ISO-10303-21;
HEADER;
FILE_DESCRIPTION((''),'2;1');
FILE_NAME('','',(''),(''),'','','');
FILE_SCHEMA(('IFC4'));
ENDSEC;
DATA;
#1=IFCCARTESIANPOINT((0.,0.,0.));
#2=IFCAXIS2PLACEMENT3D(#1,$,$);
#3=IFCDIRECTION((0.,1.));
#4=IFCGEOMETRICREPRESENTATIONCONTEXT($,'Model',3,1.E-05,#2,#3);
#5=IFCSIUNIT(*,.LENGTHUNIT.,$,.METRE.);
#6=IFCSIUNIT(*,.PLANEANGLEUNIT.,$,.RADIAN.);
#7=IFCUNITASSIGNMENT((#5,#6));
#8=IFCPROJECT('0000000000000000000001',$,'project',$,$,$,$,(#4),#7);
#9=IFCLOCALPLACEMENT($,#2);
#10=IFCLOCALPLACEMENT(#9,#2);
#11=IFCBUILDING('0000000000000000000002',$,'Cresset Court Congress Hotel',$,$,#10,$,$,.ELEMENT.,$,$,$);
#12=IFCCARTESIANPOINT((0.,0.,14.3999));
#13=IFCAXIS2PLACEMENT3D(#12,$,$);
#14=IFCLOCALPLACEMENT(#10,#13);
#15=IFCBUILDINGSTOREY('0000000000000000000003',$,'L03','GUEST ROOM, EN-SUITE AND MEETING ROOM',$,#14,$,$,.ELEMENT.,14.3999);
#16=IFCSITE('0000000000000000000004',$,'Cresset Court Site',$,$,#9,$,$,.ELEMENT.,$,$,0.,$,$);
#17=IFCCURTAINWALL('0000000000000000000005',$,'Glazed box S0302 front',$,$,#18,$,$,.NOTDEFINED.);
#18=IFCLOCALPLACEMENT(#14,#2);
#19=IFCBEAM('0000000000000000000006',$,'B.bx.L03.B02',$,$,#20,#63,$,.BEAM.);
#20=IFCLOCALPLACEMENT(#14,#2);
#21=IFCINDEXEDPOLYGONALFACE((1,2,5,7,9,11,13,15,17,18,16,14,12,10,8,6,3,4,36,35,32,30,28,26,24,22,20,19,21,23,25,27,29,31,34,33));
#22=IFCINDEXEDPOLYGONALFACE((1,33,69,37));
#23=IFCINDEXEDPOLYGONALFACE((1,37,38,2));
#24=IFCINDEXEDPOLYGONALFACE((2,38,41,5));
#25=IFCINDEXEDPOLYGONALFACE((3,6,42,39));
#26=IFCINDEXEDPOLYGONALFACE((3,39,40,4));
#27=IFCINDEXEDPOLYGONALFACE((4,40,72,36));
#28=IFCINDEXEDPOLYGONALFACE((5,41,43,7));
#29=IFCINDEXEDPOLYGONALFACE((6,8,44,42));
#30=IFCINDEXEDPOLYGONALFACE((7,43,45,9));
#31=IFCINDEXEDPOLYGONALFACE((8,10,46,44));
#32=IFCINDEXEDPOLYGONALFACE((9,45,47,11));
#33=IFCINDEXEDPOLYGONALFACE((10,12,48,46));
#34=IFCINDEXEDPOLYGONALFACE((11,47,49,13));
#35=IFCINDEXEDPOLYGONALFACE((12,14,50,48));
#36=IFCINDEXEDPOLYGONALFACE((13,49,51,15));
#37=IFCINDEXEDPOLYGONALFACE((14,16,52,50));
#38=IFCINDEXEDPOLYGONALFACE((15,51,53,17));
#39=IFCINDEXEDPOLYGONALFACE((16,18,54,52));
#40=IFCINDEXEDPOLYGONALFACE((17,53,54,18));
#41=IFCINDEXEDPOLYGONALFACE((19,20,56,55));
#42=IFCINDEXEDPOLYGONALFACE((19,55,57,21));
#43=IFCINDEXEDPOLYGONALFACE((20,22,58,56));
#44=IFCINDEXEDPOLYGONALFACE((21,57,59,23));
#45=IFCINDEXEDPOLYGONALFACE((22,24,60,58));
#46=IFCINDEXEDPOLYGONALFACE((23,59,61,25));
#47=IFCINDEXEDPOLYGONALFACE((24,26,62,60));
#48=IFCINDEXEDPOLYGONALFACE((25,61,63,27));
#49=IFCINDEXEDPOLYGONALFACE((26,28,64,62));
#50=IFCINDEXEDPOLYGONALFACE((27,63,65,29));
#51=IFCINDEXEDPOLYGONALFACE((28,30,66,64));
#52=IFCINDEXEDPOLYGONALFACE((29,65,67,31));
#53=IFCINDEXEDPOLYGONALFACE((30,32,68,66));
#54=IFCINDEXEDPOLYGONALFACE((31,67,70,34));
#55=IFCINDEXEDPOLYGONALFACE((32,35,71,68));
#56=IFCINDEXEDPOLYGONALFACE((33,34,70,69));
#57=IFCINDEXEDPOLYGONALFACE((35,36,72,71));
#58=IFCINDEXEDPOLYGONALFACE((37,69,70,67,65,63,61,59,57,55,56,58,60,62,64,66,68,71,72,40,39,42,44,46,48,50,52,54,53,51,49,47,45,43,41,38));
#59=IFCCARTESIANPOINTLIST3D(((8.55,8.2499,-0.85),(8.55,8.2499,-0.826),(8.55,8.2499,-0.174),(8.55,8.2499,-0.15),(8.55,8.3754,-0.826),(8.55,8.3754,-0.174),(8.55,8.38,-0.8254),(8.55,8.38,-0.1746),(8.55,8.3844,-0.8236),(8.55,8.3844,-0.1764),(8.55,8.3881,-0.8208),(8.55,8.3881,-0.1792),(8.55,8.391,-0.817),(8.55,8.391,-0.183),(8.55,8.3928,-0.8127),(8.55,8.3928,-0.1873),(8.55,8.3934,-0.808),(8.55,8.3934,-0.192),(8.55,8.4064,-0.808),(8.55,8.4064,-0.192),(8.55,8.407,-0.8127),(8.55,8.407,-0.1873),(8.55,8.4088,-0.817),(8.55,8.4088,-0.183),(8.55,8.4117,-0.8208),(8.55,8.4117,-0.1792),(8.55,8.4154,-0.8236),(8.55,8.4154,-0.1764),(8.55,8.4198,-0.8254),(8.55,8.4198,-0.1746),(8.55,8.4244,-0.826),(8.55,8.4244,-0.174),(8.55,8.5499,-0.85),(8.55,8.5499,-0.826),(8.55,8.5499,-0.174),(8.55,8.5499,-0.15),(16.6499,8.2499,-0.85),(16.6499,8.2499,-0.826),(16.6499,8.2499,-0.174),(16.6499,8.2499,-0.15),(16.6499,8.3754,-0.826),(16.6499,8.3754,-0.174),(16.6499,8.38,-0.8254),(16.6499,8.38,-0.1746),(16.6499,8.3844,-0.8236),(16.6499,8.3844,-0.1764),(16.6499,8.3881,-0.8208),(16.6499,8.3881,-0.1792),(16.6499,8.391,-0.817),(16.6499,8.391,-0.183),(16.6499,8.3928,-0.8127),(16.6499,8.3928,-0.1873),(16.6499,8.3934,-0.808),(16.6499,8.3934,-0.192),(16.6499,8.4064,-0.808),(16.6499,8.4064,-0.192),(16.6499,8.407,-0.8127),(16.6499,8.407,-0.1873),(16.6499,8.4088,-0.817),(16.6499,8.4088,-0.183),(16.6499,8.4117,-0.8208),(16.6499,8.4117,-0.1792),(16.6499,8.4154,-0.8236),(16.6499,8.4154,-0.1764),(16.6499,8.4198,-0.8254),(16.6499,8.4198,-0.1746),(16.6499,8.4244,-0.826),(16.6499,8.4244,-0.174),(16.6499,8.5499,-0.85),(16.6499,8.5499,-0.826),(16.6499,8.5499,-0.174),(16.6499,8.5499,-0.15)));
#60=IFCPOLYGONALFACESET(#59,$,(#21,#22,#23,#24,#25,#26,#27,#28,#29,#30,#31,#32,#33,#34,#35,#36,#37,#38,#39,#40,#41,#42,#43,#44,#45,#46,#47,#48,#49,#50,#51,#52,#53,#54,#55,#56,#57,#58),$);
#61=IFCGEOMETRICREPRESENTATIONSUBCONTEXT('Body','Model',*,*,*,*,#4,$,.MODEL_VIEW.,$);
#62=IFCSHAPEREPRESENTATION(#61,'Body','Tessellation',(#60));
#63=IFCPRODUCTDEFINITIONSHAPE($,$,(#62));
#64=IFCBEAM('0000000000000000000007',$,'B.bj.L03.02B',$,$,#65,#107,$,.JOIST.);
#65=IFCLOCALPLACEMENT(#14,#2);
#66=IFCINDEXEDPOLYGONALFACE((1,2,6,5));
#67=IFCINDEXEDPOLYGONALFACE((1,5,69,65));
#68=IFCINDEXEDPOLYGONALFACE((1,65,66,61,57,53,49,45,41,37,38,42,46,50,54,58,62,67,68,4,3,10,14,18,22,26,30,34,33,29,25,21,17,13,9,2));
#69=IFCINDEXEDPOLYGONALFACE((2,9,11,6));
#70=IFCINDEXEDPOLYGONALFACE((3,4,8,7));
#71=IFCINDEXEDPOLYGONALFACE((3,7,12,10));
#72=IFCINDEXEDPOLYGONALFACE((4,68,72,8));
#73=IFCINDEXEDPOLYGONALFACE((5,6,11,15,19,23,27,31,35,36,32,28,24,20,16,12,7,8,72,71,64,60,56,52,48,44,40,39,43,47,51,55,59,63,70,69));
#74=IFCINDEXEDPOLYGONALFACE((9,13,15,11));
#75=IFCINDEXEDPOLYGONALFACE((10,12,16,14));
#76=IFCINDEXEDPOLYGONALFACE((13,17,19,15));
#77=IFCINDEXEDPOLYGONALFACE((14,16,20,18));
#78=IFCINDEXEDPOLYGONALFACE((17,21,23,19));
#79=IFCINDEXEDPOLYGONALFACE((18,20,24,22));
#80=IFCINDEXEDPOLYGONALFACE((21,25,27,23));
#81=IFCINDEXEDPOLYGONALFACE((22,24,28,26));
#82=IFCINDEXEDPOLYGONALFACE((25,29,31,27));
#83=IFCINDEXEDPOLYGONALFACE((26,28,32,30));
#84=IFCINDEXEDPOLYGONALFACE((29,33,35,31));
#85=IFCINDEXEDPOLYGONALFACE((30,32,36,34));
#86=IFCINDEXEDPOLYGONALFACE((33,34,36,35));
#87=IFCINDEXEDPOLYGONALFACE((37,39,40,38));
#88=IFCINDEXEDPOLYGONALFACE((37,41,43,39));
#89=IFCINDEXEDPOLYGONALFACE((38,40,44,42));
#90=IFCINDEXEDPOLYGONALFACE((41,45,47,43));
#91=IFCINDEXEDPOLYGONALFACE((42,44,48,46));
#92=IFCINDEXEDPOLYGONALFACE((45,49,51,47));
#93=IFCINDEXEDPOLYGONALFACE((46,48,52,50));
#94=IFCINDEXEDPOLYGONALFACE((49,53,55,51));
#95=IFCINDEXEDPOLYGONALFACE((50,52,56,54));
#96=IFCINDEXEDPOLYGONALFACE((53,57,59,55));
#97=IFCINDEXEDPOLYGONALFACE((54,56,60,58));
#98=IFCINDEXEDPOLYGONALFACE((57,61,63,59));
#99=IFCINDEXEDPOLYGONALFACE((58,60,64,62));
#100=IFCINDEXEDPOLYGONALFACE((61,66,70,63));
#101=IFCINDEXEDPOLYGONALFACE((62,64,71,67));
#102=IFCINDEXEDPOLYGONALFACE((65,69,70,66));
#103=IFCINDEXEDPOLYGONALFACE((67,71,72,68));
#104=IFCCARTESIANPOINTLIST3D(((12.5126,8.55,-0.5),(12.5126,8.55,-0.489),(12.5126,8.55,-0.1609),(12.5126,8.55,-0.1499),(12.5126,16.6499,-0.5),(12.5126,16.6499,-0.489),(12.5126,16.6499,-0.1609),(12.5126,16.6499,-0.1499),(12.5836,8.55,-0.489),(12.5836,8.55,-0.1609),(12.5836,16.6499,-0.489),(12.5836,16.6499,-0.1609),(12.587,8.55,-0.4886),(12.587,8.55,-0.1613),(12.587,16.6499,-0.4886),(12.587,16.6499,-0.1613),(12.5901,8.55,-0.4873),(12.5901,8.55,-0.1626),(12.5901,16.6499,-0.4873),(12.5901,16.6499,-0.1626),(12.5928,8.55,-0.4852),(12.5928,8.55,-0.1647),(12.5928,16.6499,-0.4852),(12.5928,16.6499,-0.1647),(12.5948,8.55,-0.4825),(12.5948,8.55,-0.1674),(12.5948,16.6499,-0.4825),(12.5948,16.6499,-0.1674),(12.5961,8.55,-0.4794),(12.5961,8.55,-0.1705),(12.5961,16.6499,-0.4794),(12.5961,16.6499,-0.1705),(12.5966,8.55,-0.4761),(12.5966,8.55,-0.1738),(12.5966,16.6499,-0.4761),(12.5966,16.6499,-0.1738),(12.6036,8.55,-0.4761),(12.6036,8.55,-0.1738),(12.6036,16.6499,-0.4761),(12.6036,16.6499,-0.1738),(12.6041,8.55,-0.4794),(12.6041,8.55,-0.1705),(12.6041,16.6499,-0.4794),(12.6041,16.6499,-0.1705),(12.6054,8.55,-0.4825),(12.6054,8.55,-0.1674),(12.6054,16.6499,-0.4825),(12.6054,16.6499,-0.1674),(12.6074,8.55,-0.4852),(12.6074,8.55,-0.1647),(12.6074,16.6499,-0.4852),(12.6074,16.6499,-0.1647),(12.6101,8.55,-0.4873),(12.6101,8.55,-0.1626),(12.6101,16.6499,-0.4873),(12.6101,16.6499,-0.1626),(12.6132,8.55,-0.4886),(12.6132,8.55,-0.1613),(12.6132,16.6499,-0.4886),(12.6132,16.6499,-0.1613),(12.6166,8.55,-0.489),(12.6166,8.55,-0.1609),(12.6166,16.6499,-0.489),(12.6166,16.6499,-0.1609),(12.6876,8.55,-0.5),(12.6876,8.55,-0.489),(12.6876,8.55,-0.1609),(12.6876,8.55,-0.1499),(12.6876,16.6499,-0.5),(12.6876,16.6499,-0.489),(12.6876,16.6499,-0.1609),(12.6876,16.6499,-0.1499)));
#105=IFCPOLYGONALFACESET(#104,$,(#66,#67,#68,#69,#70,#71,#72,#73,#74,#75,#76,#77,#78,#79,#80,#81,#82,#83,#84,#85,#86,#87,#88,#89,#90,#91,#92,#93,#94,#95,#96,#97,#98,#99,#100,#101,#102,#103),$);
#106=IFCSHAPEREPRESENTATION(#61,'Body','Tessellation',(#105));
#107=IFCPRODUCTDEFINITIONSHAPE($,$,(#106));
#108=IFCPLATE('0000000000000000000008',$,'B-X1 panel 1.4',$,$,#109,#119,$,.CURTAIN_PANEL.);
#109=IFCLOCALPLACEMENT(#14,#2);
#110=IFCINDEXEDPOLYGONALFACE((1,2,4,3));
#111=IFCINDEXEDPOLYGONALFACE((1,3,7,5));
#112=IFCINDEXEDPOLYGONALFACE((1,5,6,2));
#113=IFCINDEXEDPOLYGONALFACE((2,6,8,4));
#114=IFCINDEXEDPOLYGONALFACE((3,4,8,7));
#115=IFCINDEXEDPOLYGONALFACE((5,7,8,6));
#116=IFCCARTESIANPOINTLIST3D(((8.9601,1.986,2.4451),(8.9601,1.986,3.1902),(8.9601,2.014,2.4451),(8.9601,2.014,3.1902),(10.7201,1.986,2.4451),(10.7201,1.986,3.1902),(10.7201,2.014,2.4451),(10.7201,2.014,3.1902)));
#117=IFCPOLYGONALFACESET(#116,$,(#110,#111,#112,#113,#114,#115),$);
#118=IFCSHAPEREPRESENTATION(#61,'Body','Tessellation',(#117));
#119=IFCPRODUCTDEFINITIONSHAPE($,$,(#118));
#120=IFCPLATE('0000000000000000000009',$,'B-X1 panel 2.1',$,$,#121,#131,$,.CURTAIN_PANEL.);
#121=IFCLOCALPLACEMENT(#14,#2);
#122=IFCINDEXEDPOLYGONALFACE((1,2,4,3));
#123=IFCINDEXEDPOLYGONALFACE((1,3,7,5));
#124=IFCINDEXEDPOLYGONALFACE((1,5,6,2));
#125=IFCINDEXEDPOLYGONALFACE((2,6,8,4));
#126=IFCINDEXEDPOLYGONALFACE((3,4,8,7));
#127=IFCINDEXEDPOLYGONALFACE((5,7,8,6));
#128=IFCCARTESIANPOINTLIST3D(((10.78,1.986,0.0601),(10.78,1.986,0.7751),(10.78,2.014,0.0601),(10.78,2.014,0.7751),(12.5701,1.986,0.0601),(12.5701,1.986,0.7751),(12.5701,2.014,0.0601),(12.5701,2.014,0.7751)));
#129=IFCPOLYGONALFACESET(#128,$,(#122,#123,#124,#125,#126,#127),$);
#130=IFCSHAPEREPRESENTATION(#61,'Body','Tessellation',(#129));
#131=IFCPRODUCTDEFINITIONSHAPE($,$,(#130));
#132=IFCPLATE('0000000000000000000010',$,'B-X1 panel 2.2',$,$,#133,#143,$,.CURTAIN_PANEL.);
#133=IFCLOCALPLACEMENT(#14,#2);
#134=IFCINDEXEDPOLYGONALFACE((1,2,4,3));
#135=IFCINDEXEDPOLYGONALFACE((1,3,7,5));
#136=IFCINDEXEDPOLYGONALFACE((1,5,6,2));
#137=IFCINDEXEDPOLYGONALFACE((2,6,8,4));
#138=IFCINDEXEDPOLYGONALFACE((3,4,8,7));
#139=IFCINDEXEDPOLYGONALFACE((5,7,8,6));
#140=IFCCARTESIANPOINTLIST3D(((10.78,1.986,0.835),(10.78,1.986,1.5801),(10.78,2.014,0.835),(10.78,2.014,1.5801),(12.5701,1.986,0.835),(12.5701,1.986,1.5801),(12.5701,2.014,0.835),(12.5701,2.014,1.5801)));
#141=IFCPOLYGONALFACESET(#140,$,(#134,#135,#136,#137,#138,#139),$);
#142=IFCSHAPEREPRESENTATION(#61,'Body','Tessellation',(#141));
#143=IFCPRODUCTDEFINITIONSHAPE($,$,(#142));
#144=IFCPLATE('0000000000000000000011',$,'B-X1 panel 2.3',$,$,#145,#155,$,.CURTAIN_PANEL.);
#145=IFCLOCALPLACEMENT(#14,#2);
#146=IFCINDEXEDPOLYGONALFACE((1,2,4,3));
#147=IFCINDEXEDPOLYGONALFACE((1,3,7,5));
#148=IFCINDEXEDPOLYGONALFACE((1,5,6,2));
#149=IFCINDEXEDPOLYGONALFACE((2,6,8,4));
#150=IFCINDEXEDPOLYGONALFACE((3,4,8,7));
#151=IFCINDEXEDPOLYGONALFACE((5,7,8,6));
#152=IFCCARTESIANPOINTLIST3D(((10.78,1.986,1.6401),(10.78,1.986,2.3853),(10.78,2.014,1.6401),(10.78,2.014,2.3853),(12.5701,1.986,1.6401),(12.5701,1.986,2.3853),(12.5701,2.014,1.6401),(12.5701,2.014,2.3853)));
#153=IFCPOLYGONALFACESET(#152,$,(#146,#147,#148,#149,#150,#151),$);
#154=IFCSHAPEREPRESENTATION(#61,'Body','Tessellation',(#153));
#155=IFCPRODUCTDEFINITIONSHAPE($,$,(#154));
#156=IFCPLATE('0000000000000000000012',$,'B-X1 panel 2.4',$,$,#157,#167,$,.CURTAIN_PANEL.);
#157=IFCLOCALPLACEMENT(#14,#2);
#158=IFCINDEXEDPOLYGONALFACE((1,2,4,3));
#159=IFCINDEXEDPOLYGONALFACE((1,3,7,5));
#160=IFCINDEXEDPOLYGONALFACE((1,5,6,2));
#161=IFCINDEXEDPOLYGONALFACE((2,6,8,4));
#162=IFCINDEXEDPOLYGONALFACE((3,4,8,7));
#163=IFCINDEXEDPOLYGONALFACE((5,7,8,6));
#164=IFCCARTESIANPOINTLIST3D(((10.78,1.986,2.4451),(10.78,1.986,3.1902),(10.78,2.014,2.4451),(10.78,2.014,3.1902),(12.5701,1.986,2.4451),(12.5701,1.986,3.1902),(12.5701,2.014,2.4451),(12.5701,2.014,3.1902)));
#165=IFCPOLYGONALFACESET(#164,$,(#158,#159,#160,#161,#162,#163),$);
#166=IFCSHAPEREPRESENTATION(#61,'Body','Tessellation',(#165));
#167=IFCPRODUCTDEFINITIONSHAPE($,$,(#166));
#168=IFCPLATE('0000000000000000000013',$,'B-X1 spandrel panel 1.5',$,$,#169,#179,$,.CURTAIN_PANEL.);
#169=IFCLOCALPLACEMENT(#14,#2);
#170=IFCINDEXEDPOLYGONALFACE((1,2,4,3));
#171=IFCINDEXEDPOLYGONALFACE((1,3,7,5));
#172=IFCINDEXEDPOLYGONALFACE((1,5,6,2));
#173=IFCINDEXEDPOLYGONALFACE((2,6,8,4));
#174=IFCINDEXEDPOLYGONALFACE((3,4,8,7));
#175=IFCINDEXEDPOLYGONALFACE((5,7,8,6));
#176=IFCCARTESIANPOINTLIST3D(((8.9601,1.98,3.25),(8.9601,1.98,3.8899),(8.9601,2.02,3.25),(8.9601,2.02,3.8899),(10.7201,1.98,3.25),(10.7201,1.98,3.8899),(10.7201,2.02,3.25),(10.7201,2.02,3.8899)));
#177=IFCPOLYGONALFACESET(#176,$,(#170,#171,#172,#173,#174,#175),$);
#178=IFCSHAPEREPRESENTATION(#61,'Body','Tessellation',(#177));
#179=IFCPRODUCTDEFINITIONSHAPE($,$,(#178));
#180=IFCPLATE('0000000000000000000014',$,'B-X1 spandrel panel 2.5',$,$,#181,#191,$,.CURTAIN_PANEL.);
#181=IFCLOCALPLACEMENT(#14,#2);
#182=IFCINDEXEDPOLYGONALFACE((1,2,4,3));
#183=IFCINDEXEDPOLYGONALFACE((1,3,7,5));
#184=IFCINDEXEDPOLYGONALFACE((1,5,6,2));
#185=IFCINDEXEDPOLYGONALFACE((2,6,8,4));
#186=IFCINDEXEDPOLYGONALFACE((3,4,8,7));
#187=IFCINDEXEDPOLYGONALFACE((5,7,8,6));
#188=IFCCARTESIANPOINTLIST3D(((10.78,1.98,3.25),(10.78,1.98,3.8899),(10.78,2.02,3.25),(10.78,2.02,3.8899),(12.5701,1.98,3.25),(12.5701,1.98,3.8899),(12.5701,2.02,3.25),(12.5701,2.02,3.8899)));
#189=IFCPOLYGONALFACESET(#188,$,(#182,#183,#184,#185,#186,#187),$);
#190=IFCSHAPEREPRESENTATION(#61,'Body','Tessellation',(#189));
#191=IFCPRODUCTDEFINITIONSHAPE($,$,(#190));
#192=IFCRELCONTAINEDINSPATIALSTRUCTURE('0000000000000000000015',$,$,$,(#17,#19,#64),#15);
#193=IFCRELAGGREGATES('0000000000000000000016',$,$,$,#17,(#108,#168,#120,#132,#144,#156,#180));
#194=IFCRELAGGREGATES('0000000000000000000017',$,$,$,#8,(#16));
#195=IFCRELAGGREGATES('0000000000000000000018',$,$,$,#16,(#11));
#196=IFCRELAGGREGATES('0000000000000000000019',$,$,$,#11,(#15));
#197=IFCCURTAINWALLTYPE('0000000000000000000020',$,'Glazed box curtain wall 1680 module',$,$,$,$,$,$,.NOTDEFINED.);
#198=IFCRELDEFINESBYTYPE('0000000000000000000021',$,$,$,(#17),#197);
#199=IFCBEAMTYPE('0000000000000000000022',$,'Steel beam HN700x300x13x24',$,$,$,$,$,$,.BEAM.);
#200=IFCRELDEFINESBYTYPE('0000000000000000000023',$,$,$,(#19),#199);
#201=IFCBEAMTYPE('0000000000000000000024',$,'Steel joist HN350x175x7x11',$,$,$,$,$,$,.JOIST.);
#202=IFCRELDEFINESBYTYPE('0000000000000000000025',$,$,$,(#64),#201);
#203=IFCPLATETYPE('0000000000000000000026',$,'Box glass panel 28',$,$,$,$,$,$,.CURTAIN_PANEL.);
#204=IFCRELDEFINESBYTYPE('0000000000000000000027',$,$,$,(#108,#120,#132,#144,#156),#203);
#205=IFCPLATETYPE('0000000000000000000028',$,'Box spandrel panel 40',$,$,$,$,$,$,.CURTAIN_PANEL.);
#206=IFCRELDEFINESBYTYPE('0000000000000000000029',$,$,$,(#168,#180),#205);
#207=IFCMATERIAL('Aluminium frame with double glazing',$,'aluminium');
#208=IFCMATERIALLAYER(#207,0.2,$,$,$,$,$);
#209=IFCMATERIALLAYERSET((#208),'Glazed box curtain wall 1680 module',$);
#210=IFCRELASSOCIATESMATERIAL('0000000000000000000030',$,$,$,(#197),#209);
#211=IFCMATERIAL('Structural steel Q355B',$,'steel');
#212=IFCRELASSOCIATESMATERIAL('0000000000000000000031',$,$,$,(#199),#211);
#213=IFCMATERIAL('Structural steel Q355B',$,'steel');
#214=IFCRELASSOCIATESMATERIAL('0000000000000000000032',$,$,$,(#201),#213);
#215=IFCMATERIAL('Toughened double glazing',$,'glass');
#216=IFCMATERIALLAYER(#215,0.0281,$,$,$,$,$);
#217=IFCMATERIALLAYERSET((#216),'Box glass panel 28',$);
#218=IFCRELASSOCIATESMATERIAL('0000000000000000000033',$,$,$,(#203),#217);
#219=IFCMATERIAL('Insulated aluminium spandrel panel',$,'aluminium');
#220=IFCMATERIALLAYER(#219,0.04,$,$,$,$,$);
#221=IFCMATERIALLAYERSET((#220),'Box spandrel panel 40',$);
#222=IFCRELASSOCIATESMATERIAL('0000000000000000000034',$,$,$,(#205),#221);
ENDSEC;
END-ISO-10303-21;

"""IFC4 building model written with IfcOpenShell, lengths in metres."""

from ifc_helpers import new_model, si_unit, direction, frame, origin, origin_2d, place, context, subcontext, project, spatial, rectangle, i_section, extrude, material, layer, layer_set, material_profile, profile_set, type_object, element, aggregate, save


model = new_model("IFC4")

# Units and contexts
model_context = context("Model", 3, precision=1e-05, world=origin(), true_north=direction((0.0, 1.0)))
body_context = subcontext(model_context, "Body", "Model", "MODEL_VIEW")
ifc_project = project(units=[si_unit("LENGTHUNIT", "METRE"), si_unit("PLANEANGLEUNIT", "RADIAN")], contexts=[model_context])

# Site, building, storey
site_placement = place(None, origin())
site = spatial("IfcSite", under=ifc_project, at=site_placement, Name="Cresset Court Site", CompositionType="ELEMENT", RefElevation=0.0)
building_placement = place(site_placement, origin())
building = spatial("IfcBuilding", under=site, at=building_placement, Name="Cresset Court Congress Hotel", CompositionType="ELEMENT")
storey_placement = place(building_placement, frame((0.0, 0.0, 14.3999)))
storey = spatial("IfcBuildingStorey", under=building, at=storey_placement, Name="L03", Description="GUEST ROOM, EN-SUITE AND MEETING ROOM", CompositionType="ELEMENT", Elevation=14.3999)

# Curtain wall
ifc_material_1 = material(Name="Aluminium frame with double glazing", Category="aluminium")
ifc_layer_1 = layer(ifc_material_1, 0.2)
ifc_layer_set_1 = layer_set([ifc_layer_1], Name="Glazed box curtain wall 1680 module")
curtain_wall_type = type_object("IfcCurtainWallType", Name="Glazed box curtain wall 1680 module", PredefinedType="NOTDEFINED", material=ifc_layer_set_1)
curtain_wall_placement = place(storey_placement, origin())
curtain_wall = element("IfcCurtainWall", 1, at=curtain_wall_placement, inside=storey, type_object=curtain_wall_type, Name="Glazed box S0302 front", PredefinedType="NOTDEFINED")

# Beams
ifc_material_2 = material(Name="Structural steel Q355B", Category="steel")
ifc_material_profile_1 = material_profile(ifc_material_2, i_section(OverallWidth=0.3, OverallDepth=0.7, WebThickness=0.0129, FlangeThickness=0.0239, FilletRadius=0.0181, at=origin_2d()), Name="HN700x300x13x24")
ifc_profile_set_1 = profile_set([ifc_material_profile_1], Name="Structural steel Q355B")
beam_type_1 = type_object("IfcBeamType", Name="Steel beam HN700x300x13x24", PredefinedType="BEAM", material=ifc_profile_set_1)
beam_1_placement = place(storey_placement, frame((8.55, 8.3999, -0.5), z_axis=(1.0, 0.0, 0.0), x_axis=(0.0, 1.0, 0.0)))
element("IfcBeam", 2, at=beam_1_placement, inside=storey, type_object=beam_type_1, Name="B.bx.L03.B02", PredefinedType="BEAM", context=body_context, shape_type="SweptSolid", body=[
    extrude(i_section(OverallWidth=0.3, OverallDepth=0.7, WebThickness=0.0129, FlangeThickness=0.0239, FilletRadius=0.0181, at=origin_2d()), origin(), (0.0, 0.0, 1.0), 8.0999),
])
ifc_material_3 = material(Name="Structural steel Q355B", Category="steel")
ifc_material_profile_2 = material_profile(ifc_material_3, i_section(OverallWidth=0.175, OverallDepth=0.3501, WebThickness=0.0071, FlangeThickness=0.011, FilletRadius=0.0129, at=origin_2d()), Name="HN350x175x7x11")
ifc_profile_set_2 = profile_set([ifc_material_profile_2], Name="Structural steel Q355B")
beam_type_2 = type_object("IfcBeamType", Name="Steel joist HN350x175x7x11", PredefinedType="JOIST", material=ifc_profile_set_2)
beam_2_placement = place(storey_placement, frame((12.6001, 8.55, -0.325), z_axis=(0.0, 1.0, 0.0), x_axis=(-1.0, 0.0, 0.0)))
element("IfcBeam", 3, at=beam_2_placement, inside=storey, type_object=beam_type_2, Name="B.bj.L03.02B", PredefinedType="JOIST", context=body_context, shape_type="SweptSolid", body=[
    extrude(i_section(OverallWidth=0.175, OverallDepth=0.3501, WebThickness=0.0071, FlangeThickness=0.011, FilletRadius=0.0129, at=origin_2d()), origin(), (0.0, 0.0, 1.0), 8.0999),
])

# Plates
ifc_material_4 = material(Name="Toughened double glazing", Category="glass")
ifc_layer_2 = layer(ifc_material_4, 0.0281)
ifc_layer_set_2 = layer_set([ifc_layer_2], Name="Box glass panel 28")
plate_type_1 = type_object("IfcPlateType", Name="Box glass panel 28", PredefinedType="CURTAIN_PANEL", material=ifc_layer_set_2)
plate_1_placement = place(storey_placement, frame((9.8401, 2.0, 2.4451), z_axis=(0.0, 0.0, 1.0), x_axis=(1.0, 0.0, 0.0)))
plate_1 = element("IfcPlate", 4, at=plate_1_placement, type_object=plate_type_1, Name="B-X1 panel 1.4", PredefinedType="CURTAIN_PANEL", context=body_context, shape_type="SweptSolid", body=[
    extrude(rectangle(XDim=1.76, YDim=0.0281, at=origin_2d()), origin(), (0.0, 0.0, 1.0), 0.7451),
])
plate_2_placement = place(storey_placement, frame((11.675, 2.0, 0.0601), z_axis=(0.0, 0.0, 1.0), x_axis=(1.0, 0.0, 0.0)))
plate_2 = element("IfcPlate", 5, at=plate_2_placement, type_object=plate_type_1, Name="B-X1 panel 2.1", PredefinedType="CURTAIN_PANEL", context=body_context, shape_type="SweptSolid", body=[
    extrude(rectangle(XDim=1.79, YDim=0.0281, at=origin_2d()), origin(), (0.0, 0.0, 1.0), 0.7151),
])
plate_3_placement = place(storey_placement, frame((11.675, 2.0, 0.835), z_axis=(0.0, 0.0, 1.0), x_axis=(1.0, 0.0, 0.0)))
plate_3 = element("IfcPlate", 6, at=plate_3_placement, type_object=plate_type_1, Name="B-X1 panel 2.2", PredefinedType="CURTAIN_PANEL", context=body_context, shape_type="SweptSolid", body=[
    extrude(rectangle(XDim=1.79, YDim=0.0281, at=origin_2d()), origin(), (0.0, 0.0, 1.0), 0.7451),
])
plate_4_placement = place(storey_placement, frame((11.675, 2.0, 1.6401), z_axis=(0.0, 0.0, 1.0), x_axis=(1.0, 0.0, 0.0)))
plate_4 = element("IfcPlate", 7, at=plate_4_placement, type_object=plate_type_1, Name="B-X1 panel 2.3", PredefinedType="CURTAIN_PANEL", context=body_context, shape_type="SweptSolid", body=[
    extrude(rectangle(XDim=1.79, YDim=0.0281, at=origin_2d()), origin(), (0.0, 0.0, 1.0), 0.7451),
])
plate_5_placement = place(storey_placement, frame((11.675, 2.0, 2.4451), z_axis=(0.0, 0.0, 1.0), x_axis=(1.0, 0.0, 0.0)))
plate_5 = element("IfcPlate", 8, at=plate_5_placement, type_object=plate_type_1, Name="B-X1 panel 2.4", PredefinedType="CURTAIN_PANEL", context=body_context, shape_type="SweptSolid", body=[
    extrude(rectangle(XDim=1.79, YDim=0.0281, at=origin_2d()), origin(), (0.0, 0.0, 1.0), 0.7451),
])
ifc_material_5 = material(Name="Insulated aluminium spandrel panel", Category="aluminium")
ifc_layer_3 = layer(ifc_material_5, 0.04)
ifc_layer_set_3 = layer_set([ifc_layer_3], Name="Box spandrel panel 40")
plate_type_2 = type_object("IfcPlateType", Name="Box spandrel panel 40", PredefinedType="CURTAIN_PANEL", material=ifc_layer_set_3)
plate_6_placement = place(storey_placement, frame((9.8401, 2.0, 3.25), z_axis=(0.0, 0.0, 1.0), x_axis=(1.0, 0.0, 0.0)))
plate_6 = element("IfcPlate", 9, at=plate_6_placement, type_object=plate_type_2, Name="B-X1 spandrel panel 1.5", PredefinedType="CURTAIN_PANEL", context=body_context, shape_type="SweptSolid", body=[
    extrude(rectangle(XDim=1.76, YDim=0.04, at=origin_2d()), origin(), (0.0, 0.0, 1.0), 0.6399),
])
plate_7_placement = place(storey_placement, frame((11.675, 2.0, 3.25), z_axis=(0.0, 0.0, 1.0), x_axis=(1.0, 0.0, 0.0)))
plate_7 = element("IfcPlate", 10, at=plate_7_placement, type_object=plate_type_2, Name="B-X1 spandrel panel 2.5", PredefinedType="CURTAIN_PANEL", context=body_context, shape_type="SweptSolid", body=[
    extrude(rectangle(XDim=1.79, YDim=0.04, at=origin_2d()), origin(), (0.0, 0.0, 1.0), 0.6399),
])
aggregate(curtain_wall, [plate_1, plate_6, plate_2, plate_3, plate_4, plate_5, plate_7])

save(model, "model.ifc")
